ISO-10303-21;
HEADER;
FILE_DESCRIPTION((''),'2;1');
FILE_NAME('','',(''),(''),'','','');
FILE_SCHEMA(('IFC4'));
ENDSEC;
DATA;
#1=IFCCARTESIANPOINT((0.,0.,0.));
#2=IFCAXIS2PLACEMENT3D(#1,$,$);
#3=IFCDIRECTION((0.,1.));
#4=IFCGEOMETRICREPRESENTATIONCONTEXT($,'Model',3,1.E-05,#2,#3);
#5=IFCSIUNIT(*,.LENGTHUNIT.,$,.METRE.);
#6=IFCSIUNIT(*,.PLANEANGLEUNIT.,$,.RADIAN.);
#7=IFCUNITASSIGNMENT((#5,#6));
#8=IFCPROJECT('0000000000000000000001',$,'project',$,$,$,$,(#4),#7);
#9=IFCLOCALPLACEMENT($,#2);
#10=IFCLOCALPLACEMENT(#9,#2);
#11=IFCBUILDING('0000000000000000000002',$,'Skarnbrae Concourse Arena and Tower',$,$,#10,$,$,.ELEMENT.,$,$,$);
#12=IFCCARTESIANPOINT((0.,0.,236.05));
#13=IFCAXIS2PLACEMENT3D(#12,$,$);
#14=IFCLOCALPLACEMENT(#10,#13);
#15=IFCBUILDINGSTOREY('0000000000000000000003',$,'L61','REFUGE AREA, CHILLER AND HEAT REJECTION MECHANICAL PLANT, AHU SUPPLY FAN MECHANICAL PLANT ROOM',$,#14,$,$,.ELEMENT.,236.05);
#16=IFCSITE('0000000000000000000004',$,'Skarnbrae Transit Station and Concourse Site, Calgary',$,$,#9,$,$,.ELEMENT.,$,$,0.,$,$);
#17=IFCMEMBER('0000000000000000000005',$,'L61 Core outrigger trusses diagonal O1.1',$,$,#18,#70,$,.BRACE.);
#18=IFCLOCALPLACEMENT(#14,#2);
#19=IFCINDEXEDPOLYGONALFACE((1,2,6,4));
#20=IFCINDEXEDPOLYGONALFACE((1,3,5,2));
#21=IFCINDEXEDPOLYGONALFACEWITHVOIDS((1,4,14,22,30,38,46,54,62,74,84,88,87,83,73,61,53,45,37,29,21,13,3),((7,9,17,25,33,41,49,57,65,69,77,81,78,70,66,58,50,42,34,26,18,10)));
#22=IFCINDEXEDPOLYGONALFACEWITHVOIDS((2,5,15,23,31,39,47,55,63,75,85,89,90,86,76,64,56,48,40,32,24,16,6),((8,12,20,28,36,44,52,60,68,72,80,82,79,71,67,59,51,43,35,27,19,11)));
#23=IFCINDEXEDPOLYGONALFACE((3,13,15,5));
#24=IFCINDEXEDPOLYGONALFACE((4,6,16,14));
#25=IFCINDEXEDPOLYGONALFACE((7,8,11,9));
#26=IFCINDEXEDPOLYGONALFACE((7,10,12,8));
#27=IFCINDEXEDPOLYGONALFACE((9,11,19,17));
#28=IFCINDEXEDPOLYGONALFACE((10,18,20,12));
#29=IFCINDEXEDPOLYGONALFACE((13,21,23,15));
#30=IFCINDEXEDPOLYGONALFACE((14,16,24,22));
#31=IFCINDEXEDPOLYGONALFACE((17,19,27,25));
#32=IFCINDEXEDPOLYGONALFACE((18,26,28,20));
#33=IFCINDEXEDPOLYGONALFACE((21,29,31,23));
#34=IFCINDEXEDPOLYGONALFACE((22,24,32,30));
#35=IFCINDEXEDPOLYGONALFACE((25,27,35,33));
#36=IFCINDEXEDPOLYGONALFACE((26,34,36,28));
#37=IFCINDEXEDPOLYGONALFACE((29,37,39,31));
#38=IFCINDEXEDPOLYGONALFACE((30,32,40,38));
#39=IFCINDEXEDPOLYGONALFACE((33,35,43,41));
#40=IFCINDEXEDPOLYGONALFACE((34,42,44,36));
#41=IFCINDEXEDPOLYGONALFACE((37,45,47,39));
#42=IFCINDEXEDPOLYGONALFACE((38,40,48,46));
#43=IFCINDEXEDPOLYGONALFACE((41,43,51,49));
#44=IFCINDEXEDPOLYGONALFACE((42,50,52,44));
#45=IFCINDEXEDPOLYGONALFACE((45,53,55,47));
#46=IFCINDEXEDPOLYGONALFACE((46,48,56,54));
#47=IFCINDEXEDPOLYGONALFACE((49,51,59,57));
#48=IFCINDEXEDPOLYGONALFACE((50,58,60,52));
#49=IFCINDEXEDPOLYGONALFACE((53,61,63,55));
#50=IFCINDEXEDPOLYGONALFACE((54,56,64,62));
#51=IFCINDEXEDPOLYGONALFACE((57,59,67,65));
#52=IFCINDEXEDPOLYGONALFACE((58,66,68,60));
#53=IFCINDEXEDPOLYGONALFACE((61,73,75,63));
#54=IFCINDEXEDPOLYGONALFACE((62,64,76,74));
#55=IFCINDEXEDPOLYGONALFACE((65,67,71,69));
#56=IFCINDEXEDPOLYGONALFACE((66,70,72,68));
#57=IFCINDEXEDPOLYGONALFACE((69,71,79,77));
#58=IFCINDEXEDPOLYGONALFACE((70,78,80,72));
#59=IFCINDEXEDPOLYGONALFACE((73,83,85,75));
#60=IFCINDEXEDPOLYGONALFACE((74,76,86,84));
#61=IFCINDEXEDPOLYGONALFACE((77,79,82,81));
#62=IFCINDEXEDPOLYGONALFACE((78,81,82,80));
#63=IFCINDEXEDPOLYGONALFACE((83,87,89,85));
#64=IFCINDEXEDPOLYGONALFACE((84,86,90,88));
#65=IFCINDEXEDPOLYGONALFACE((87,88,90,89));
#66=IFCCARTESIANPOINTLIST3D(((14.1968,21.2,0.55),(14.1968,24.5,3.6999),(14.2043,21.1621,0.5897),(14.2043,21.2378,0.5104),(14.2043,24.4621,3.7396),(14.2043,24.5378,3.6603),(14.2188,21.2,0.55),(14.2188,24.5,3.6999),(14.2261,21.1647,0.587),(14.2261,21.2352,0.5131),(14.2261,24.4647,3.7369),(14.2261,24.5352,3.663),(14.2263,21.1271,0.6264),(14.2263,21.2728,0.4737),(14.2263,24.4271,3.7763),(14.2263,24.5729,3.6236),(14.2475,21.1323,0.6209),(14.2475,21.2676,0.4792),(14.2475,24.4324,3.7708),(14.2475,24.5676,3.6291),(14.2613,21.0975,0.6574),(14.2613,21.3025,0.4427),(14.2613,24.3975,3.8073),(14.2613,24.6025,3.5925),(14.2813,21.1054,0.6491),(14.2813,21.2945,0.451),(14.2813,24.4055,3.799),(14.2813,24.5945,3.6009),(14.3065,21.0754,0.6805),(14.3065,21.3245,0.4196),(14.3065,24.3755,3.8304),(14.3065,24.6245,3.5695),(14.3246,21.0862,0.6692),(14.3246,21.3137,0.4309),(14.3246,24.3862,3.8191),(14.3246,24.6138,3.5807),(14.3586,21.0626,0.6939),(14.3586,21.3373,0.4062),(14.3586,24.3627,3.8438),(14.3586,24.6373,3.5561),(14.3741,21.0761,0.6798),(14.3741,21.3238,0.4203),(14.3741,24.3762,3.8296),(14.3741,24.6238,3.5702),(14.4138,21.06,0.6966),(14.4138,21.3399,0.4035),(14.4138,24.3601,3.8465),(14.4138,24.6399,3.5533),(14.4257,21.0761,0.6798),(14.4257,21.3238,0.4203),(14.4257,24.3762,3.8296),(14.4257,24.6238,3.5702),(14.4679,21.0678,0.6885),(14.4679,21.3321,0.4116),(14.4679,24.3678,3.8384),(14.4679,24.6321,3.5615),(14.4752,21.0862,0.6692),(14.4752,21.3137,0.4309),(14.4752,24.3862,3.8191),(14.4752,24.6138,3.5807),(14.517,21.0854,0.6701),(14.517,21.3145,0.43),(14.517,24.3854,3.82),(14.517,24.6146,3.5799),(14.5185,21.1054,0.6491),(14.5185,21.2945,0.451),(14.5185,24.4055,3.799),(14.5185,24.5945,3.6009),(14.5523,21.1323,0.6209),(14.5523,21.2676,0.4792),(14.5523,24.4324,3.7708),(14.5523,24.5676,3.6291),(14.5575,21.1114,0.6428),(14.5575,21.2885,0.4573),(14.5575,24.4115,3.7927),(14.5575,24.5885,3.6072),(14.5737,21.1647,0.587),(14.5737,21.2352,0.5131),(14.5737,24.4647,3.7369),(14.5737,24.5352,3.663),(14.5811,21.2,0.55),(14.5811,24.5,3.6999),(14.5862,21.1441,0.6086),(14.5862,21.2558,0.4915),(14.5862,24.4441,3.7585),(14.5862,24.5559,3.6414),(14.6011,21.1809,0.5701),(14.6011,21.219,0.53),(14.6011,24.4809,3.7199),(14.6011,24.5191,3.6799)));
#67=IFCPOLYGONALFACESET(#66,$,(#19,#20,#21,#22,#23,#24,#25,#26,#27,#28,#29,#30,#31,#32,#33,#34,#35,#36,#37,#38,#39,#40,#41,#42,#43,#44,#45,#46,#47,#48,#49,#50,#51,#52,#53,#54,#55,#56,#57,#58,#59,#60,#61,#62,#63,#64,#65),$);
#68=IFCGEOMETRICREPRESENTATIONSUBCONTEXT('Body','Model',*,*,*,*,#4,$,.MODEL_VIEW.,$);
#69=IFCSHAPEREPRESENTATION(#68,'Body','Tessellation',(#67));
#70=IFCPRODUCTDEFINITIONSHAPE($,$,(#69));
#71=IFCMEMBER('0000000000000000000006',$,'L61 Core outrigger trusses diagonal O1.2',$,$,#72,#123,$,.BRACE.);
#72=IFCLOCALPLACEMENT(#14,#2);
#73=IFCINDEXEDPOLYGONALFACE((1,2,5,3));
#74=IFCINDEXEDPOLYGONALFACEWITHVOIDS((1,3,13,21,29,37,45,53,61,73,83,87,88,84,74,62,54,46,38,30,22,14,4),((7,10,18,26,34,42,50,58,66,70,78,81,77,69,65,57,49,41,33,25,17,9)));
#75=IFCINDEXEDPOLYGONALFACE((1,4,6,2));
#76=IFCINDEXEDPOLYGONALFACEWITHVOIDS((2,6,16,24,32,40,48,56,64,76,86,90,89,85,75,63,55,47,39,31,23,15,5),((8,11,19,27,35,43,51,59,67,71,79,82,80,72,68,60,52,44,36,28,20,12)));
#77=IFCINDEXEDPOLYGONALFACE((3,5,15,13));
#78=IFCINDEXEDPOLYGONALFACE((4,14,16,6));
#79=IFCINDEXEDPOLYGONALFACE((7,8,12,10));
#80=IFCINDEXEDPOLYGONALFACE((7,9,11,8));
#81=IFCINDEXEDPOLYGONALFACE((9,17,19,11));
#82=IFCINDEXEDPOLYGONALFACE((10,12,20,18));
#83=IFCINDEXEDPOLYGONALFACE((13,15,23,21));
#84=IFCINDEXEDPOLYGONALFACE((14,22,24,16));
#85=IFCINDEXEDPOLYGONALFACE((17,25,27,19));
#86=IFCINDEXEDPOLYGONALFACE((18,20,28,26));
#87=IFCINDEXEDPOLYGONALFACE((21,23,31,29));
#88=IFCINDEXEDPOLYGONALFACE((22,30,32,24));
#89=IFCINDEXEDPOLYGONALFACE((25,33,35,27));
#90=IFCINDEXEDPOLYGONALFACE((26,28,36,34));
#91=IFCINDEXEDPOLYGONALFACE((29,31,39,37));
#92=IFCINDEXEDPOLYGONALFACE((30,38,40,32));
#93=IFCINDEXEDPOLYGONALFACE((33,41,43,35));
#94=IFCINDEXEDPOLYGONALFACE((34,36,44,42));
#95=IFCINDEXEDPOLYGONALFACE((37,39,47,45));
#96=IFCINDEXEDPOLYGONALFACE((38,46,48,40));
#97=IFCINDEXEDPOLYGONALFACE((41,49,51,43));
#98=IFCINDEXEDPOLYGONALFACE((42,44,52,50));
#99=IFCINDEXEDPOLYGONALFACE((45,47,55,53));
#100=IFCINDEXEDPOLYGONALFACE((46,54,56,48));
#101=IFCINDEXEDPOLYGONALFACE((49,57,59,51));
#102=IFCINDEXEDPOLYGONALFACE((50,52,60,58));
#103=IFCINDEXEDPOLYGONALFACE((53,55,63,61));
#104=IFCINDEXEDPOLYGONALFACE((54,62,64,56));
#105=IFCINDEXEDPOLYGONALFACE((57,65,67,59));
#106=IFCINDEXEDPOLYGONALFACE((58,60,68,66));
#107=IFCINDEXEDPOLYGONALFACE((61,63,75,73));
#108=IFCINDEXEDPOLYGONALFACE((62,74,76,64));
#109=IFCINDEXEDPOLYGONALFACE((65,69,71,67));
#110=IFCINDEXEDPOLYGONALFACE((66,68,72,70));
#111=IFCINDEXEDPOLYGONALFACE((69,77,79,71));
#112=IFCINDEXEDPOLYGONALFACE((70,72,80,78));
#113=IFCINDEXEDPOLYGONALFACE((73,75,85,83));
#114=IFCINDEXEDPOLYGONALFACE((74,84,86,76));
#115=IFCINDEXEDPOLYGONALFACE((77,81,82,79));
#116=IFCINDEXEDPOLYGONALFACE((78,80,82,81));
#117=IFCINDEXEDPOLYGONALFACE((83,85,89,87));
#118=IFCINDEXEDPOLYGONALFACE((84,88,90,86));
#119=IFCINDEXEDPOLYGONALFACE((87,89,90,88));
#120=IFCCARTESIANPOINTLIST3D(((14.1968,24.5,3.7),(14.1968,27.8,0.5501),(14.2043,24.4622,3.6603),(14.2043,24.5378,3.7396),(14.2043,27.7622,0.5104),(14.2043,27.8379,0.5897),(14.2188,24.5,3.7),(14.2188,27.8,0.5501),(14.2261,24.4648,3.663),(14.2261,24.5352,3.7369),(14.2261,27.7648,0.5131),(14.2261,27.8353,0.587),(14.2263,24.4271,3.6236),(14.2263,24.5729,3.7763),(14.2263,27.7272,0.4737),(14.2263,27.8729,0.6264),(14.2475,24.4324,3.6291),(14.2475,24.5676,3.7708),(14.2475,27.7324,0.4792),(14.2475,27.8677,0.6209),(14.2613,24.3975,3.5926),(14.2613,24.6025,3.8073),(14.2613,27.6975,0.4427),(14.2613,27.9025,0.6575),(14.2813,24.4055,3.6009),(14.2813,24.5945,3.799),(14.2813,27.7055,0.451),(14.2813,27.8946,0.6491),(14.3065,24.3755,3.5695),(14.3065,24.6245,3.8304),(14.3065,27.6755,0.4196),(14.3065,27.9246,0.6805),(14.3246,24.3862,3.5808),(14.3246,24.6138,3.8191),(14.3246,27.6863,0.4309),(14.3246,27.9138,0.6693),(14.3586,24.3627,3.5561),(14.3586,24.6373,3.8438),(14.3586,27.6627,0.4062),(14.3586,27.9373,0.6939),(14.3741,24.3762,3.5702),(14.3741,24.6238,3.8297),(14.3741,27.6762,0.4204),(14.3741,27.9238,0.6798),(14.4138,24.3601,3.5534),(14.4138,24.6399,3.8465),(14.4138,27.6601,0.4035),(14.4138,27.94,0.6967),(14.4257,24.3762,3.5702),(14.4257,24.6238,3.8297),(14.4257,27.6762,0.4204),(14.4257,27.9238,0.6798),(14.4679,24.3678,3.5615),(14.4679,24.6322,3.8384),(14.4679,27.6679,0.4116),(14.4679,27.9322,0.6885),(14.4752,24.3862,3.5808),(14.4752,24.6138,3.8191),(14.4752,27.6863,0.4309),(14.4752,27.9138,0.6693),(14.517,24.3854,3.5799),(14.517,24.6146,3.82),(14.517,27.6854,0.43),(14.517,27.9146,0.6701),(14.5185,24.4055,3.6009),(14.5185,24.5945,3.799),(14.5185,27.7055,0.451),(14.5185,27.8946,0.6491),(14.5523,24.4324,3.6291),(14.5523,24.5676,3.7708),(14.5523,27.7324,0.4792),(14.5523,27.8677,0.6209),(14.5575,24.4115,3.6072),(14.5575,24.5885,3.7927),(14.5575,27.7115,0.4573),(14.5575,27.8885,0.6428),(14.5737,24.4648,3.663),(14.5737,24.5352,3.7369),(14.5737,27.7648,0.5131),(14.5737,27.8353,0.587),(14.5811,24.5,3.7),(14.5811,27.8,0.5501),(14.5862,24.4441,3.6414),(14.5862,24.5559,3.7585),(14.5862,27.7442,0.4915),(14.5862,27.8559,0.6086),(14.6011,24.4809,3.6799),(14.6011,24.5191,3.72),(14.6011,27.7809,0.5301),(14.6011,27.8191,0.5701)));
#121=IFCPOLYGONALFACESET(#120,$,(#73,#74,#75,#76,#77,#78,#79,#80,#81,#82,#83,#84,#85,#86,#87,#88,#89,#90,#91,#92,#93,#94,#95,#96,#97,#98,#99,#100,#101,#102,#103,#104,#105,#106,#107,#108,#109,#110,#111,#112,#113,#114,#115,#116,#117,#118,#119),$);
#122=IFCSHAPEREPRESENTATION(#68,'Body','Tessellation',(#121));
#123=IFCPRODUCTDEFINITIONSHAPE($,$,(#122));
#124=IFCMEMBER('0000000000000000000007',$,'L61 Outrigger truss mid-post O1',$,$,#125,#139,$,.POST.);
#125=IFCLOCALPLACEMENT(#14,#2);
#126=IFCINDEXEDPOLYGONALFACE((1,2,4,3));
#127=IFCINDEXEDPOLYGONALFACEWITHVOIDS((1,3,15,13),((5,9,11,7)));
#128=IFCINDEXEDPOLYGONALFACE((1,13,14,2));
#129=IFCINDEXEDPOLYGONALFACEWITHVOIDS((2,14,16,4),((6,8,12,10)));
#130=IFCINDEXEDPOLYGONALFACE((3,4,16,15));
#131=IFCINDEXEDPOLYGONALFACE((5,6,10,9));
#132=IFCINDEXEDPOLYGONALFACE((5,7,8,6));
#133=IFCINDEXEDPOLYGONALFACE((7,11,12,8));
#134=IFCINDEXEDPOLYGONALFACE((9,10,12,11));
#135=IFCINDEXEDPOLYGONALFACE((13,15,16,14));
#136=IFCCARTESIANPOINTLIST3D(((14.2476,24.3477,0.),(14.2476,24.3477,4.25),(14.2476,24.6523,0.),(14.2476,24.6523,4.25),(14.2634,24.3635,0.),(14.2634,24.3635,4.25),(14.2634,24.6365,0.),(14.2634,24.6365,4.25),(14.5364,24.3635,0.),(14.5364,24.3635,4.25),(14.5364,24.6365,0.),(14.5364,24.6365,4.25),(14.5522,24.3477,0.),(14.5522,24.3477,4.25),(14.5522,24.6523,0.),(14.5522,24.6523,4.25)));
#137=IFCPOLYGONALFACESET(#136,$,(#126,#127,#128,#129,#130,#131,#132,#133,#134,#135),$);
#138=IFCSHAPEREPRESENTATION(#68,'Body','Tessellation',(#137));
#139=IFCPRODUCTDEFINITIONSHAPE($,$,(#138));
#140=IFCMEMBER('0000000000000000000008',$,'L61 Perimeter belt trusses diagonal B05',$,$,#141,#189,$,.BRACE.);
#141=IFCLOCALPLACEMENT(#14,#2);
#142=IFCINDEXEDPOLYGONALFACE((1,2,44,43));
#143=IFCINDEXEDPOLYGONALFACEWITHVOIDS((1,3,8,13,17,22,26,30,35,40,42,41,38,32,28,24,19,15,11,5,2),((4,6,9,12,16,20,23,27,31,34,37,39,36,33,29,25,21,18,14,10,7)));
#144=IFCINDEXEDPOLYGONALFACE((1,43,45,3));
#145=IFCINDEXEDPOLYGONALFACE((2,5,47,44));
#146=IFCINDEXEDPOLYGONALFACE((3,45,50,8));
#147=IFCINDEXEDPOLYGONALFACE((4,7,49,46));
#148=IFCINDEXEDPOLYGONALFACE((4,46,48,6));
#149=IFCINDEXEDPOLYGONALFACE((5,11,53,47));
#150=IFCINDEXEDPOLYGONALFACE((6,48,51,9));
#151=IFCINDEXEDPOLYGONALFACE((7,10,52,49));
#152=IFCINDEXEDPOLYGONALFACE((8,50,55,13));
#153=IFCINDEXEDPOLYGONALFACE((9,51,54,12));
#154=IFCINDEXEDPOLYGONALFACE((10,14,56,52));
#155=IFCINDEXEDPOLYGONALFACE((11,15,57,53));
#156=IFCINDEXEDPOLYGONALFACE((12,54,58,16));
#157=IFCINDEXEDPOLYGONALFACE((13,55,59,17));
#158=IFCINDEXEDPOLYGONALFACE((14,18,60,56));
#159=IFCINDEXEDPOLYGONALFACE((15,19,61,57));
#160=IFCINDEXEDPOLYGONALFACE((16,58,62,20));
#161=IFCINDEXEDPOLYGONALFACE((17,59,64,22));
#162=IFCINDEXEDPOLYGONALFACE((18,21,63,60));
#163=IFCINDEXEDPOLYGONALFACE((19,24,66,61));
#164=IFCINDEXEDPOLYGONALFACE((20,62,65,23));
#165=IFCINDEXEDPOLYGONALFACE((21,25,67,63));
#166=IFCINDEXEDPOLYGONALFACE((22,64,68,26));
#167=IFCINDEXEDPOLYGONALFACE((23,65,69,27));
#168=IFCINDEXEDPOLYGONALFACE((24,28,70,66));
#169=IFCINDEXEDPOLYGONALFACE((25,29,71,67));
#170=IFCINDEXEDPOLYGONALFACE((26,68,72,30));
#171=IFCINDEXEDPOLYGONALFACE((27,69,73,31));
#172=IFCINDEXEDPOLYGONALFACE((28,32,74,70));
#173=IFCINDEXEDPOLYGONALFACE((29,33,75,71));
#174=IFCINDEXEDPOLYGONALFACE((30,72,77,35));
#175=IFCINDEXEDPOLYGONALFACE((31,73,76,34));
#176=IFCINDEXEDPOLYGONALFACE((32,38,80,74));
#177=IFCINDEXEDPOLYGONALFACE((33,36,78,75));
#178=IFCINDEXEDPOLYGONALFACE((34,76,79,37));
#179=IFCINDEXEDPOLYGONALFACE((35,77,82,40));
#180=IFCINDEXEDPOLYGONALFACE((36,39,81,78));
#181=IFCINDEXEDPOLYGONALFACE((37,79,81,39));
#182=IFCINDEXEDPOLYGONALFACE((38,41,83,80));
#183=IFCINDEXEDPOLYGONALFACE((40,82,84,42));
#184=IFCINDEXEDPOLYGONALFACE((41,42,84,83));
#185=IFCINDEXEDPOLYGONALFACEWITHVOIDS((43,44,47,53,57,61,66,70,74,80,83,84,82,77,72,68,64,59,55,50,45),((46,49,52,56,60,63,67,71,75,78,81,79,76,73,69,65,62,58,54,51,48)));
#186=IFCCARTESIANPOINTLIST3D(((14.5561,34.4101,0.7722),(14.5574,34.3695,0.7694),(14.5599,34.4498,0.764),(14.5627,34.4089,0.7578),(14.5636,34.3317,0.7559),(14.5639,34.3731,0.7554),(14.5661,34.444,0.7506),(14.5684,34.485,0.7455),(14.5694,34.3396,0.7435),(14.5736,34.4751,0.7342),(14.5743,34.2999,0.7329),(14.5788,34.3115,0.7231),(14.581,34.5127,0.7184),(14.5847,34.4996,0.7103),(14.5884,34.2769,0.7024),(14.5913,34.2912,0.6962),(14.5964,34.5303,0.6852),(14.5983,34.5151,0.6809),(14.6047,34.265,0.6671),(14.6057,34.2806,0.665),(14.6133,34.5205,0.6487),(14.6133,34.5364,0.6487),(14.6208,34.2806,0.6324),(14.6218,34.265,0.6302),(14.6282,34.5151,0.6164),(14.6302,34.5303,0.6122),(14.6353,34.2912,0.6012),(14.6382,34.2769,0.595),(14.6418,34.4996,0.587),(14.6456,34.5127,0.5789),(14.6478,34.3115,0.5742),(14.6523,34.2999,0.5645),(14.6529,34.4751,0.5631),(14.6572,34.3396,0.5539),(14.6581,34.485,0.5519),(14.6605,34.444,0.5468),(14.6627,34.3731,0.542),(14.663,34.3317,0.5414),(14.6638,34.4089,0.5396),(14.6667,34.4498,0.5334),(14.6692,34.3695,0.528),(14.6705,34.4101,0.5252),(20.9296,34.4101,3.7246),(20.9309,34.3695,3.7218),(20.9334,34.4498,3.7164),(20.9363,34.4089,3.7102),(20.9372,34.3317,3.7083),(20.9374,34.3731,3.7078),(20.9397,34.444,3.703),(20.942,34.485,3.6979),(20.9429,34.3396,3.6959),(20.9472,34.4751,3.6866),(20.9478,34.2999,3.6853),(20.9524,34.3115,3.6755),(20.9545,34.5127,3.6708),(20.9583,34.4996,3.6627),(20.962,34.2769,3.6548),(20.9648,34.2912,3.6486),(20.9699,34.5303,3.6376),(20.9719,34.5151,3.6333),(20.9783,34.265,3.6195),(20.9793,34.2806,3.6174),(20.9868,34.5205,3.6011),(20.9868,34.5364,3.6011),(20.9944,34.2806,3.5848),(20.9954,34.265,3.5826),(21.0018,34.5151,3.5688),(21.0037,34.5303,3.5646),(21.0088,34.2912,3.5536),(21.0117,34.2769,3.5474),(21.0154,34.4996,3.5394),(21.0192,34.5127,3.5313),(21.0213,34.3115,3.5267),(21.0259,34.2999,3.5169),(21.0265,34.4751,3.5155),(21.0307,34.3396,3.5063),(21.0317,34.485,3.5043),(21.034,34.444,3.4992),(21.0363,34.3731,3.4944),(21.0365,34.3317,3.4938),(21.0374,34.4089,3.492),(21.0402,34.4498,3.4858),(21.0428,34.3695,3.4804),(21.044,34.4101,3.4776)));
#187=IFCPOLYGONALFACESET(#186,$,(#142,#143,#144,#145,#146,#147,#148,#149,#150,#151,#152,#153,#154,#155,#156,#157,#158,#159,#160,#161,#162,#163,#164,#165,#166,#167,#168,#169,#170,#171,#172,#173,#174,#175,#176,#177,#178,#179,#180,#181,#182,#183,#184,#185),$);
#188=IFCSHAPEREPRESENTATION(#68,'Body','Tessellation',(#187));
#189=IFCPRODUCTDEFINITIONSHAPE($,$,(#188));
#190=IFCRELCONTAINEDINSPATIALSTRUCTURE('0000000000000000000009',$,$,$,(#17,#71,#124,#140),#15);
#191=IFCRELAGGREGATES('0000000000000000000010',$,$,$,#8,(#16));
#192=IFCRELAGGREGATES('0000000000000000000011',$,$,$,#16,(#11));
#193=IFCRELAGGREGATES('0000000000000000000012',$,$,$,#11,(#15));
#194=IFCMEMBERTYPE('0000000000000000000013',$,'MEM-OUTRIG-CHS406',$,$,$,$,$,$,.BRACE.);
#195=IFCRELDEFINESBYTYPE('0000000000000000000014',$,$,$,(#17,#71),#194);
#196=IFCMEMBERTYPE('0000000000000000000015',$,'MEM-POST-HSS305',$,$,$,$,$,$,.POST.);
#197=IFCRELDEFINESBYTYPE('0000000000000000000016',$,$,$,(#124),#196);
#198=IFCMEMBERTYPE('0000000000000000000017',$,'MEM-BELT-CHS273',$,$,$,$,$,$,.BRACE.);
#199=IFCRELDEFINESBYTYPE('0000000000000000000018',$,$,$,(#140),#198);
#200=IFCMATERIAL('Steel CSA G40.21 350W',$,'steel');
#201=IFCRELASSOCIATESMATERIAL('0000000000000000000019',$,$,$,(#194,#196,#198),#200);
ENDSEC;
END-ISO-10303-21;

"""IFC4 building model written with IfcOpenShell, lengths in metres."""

from ifc_helpers import new_model, si_unit, direction, frame, origin, origin_2d, place, context, subcontext, project, spatial, hollow_rectangle, hollow_circle, extrude, source, transform, mapped, material, material_profile, profile_set, type_object, element, save


model = new_model("IFC4")

# Units and contexts
model_context = context("Model", 3, precision=1e-05, world=origin(), true_north=direction((0.0, 1.0)))
body_context = subcontext(model_context, "Body", "Model", "MODEL_VIEW")
ifc_project = project(units=[si_unit("LENGTHUNIT", "METRE"), si_unit("PLANEANGLEUNIT", "RADIAN")], contexts=[model_context])

# Site, building, storey
site_placement = place(None, origin())
site = spatial("IfcSite", under=ifc_project, at=site_placement, Name="Skarnbrae Transit Station and Concourse Site, Calgary", CompositionType="ELEMENT", RefElevation=0.0)
building_placement = place(site_placement, origin())
building = spatial("IfcBuilding", under=site, at=building_placement, Name="Skarnbrae Concourse Arena and Tower", CompositionType="ELEMENT")
storey_placement = place(building_placement, frame((0.0, 0.0, 236.05)))
storey = spatial("IfcBuildingStorey", under=building, at=storey_placement, Name="L61", Description="REFUGE AREA, CHILLER AND HEAT REJECTION MECHANICAL PLANT, AHU SUPPLY FAN MECHANICAL PLANT ROOM", CompositionType="ELEMENT", Elevation=236.05)

# Shared definitions
ifc_material_1 = material(Name="Steel CSA G40.21 350W", Category="steel")

# Members
ifc_material_profile_1 = material_profile(ifc_material_1, hollow_circle(Radius=0.2031, WallThickness=0.022, at=origin_2d()), Name="HSS406X22.0")
ifc_profile_set_1 = profile_set([ifc_material_profile_1], Name="Steel CSA G40.21 350W")
member_type_1 = type_object("IfcMemberType", Name="MEM-OUTRIG-CHS406", PredefinedType="BRACE", material=ifc_profile_set_1)
shared_shape_1 = source(origin(), body_context, "Body", "SweptSolid", [
    extrude(hollow_circle(Radius=0.2031, WallThickness=0.022, at=origin_2d()), origin(), (0.0, 0.0, 1.0), 4.562),
])
for number, where, z_axis, x_axis, name in (
    (1, (14.3999, 21.2, 0.55), (0.0, 0.723371, 0.690459), (-1.0, 0.0, 0.0), "L61 Core outrigger trusses diagonal O1.1"),
    (2, (14.3999, 24.5, 3.7), (0.0, 0.723371, -0.690459), (-1.0, 0.0, 0.0), "L61 Core outrigger trusses diagonal O1.2"),
):
    element("IfcMember", number, at=place(storey_placement, frame(where, z_axis=z_axis, x_axis=x_axis)), inside=storey, type_object=member_type_1, Name=name, PredefinedType="BRACE", context=body_context, shape_type="MappedRepresentation", body=[
        mapped(shared_shape_1, transform((0.0, 0.0, 0.0))),
    ])
ifc_material_profile_2 = material_profile(ifc_material_1, hollow_rectangle(XDim=0.3047, YDim=0.3047, WallThickness=0.0159, at=origin_2d()), Name="HSS305X305X15.9")
ifc_profile_set_2 = profile_set([ifc_material_profile_2], Name="Steel CSA G40.21 350W")
member_type_2 = type_object("IfcMemberType", Name="MEM-POST-HSS305", PredefinedType="POST", material=ifc_profile_set_2)
shared_shape_2 = source(origin(), body_context, "Body", "SweptSolid", [
    extrude(hollow_rectangle(XDim=0.3047, YDim=0.3047, WallThickness=0.0159, at=origin_2d()), origin(), (0.0, 0.0, 1.0), 4.25),
])
member_1_placement = place(storey_placement, frame((14.3999, 24.5, 0.0), z_axis=(0.0, 0.0, 1.0), x_axis=(1.0, 0.0, 0.0)))
element("IfcMember", 3, at=member_1_placement, inside=storey, type_object=member_type_2, Name="L61 Outrigger truss mid-post O1", PredefinedType="POST", context=body_context, shape_type="MappedRepresentation", body=[
    mapped(shared_shape_2, transform((0.0, 0.0, 0.0))),
])
ifc_material_profile_3 = material_profile(ifc_material_1, hollow_circle(Radius=0.1365, WallThickness=0.0159, at=origin_2d()), Name="HSS273X15.9")
ifc_profile_set_3 = profile_set([ifc_material_profile_3], Name="Steel CSA G40.21 350W")
member_type_3 = type_object("IfcMemberType", Name="MEM-BELT-CHS273", PredefinedType="BRACE", material=ifc_profile_set_3)
shared_shape_3 = source(origin(), body_context, "Body", "SweptSolid", [
    extrude(hollow_circle(Radius=0.1365, WallThickness=0.0159, at=origin_2d()), origin(), (0.0, 0.0, 1.0), 7.0242),
])
member_2_placement = place(storey_placement, frame((14.6133, 34.3999, 0.6487), z_axis=(0.907376, 0.0, 0.420321), x_axis=(0.0, 1.0, 0.0)))
element("IfcMember", 4, at=member_2_placement, inside=storey, type_object=member_type_3, Name="L61 Perimeter belt trusses diagonal B05", PredefinedType="BRACE", context=body_context, shape_type="MappedRepresentation", body=[
    mapped(shared_shape_3, transform((0.0, 0.0, 0.0))),
])

save(model, "model.ifc")
